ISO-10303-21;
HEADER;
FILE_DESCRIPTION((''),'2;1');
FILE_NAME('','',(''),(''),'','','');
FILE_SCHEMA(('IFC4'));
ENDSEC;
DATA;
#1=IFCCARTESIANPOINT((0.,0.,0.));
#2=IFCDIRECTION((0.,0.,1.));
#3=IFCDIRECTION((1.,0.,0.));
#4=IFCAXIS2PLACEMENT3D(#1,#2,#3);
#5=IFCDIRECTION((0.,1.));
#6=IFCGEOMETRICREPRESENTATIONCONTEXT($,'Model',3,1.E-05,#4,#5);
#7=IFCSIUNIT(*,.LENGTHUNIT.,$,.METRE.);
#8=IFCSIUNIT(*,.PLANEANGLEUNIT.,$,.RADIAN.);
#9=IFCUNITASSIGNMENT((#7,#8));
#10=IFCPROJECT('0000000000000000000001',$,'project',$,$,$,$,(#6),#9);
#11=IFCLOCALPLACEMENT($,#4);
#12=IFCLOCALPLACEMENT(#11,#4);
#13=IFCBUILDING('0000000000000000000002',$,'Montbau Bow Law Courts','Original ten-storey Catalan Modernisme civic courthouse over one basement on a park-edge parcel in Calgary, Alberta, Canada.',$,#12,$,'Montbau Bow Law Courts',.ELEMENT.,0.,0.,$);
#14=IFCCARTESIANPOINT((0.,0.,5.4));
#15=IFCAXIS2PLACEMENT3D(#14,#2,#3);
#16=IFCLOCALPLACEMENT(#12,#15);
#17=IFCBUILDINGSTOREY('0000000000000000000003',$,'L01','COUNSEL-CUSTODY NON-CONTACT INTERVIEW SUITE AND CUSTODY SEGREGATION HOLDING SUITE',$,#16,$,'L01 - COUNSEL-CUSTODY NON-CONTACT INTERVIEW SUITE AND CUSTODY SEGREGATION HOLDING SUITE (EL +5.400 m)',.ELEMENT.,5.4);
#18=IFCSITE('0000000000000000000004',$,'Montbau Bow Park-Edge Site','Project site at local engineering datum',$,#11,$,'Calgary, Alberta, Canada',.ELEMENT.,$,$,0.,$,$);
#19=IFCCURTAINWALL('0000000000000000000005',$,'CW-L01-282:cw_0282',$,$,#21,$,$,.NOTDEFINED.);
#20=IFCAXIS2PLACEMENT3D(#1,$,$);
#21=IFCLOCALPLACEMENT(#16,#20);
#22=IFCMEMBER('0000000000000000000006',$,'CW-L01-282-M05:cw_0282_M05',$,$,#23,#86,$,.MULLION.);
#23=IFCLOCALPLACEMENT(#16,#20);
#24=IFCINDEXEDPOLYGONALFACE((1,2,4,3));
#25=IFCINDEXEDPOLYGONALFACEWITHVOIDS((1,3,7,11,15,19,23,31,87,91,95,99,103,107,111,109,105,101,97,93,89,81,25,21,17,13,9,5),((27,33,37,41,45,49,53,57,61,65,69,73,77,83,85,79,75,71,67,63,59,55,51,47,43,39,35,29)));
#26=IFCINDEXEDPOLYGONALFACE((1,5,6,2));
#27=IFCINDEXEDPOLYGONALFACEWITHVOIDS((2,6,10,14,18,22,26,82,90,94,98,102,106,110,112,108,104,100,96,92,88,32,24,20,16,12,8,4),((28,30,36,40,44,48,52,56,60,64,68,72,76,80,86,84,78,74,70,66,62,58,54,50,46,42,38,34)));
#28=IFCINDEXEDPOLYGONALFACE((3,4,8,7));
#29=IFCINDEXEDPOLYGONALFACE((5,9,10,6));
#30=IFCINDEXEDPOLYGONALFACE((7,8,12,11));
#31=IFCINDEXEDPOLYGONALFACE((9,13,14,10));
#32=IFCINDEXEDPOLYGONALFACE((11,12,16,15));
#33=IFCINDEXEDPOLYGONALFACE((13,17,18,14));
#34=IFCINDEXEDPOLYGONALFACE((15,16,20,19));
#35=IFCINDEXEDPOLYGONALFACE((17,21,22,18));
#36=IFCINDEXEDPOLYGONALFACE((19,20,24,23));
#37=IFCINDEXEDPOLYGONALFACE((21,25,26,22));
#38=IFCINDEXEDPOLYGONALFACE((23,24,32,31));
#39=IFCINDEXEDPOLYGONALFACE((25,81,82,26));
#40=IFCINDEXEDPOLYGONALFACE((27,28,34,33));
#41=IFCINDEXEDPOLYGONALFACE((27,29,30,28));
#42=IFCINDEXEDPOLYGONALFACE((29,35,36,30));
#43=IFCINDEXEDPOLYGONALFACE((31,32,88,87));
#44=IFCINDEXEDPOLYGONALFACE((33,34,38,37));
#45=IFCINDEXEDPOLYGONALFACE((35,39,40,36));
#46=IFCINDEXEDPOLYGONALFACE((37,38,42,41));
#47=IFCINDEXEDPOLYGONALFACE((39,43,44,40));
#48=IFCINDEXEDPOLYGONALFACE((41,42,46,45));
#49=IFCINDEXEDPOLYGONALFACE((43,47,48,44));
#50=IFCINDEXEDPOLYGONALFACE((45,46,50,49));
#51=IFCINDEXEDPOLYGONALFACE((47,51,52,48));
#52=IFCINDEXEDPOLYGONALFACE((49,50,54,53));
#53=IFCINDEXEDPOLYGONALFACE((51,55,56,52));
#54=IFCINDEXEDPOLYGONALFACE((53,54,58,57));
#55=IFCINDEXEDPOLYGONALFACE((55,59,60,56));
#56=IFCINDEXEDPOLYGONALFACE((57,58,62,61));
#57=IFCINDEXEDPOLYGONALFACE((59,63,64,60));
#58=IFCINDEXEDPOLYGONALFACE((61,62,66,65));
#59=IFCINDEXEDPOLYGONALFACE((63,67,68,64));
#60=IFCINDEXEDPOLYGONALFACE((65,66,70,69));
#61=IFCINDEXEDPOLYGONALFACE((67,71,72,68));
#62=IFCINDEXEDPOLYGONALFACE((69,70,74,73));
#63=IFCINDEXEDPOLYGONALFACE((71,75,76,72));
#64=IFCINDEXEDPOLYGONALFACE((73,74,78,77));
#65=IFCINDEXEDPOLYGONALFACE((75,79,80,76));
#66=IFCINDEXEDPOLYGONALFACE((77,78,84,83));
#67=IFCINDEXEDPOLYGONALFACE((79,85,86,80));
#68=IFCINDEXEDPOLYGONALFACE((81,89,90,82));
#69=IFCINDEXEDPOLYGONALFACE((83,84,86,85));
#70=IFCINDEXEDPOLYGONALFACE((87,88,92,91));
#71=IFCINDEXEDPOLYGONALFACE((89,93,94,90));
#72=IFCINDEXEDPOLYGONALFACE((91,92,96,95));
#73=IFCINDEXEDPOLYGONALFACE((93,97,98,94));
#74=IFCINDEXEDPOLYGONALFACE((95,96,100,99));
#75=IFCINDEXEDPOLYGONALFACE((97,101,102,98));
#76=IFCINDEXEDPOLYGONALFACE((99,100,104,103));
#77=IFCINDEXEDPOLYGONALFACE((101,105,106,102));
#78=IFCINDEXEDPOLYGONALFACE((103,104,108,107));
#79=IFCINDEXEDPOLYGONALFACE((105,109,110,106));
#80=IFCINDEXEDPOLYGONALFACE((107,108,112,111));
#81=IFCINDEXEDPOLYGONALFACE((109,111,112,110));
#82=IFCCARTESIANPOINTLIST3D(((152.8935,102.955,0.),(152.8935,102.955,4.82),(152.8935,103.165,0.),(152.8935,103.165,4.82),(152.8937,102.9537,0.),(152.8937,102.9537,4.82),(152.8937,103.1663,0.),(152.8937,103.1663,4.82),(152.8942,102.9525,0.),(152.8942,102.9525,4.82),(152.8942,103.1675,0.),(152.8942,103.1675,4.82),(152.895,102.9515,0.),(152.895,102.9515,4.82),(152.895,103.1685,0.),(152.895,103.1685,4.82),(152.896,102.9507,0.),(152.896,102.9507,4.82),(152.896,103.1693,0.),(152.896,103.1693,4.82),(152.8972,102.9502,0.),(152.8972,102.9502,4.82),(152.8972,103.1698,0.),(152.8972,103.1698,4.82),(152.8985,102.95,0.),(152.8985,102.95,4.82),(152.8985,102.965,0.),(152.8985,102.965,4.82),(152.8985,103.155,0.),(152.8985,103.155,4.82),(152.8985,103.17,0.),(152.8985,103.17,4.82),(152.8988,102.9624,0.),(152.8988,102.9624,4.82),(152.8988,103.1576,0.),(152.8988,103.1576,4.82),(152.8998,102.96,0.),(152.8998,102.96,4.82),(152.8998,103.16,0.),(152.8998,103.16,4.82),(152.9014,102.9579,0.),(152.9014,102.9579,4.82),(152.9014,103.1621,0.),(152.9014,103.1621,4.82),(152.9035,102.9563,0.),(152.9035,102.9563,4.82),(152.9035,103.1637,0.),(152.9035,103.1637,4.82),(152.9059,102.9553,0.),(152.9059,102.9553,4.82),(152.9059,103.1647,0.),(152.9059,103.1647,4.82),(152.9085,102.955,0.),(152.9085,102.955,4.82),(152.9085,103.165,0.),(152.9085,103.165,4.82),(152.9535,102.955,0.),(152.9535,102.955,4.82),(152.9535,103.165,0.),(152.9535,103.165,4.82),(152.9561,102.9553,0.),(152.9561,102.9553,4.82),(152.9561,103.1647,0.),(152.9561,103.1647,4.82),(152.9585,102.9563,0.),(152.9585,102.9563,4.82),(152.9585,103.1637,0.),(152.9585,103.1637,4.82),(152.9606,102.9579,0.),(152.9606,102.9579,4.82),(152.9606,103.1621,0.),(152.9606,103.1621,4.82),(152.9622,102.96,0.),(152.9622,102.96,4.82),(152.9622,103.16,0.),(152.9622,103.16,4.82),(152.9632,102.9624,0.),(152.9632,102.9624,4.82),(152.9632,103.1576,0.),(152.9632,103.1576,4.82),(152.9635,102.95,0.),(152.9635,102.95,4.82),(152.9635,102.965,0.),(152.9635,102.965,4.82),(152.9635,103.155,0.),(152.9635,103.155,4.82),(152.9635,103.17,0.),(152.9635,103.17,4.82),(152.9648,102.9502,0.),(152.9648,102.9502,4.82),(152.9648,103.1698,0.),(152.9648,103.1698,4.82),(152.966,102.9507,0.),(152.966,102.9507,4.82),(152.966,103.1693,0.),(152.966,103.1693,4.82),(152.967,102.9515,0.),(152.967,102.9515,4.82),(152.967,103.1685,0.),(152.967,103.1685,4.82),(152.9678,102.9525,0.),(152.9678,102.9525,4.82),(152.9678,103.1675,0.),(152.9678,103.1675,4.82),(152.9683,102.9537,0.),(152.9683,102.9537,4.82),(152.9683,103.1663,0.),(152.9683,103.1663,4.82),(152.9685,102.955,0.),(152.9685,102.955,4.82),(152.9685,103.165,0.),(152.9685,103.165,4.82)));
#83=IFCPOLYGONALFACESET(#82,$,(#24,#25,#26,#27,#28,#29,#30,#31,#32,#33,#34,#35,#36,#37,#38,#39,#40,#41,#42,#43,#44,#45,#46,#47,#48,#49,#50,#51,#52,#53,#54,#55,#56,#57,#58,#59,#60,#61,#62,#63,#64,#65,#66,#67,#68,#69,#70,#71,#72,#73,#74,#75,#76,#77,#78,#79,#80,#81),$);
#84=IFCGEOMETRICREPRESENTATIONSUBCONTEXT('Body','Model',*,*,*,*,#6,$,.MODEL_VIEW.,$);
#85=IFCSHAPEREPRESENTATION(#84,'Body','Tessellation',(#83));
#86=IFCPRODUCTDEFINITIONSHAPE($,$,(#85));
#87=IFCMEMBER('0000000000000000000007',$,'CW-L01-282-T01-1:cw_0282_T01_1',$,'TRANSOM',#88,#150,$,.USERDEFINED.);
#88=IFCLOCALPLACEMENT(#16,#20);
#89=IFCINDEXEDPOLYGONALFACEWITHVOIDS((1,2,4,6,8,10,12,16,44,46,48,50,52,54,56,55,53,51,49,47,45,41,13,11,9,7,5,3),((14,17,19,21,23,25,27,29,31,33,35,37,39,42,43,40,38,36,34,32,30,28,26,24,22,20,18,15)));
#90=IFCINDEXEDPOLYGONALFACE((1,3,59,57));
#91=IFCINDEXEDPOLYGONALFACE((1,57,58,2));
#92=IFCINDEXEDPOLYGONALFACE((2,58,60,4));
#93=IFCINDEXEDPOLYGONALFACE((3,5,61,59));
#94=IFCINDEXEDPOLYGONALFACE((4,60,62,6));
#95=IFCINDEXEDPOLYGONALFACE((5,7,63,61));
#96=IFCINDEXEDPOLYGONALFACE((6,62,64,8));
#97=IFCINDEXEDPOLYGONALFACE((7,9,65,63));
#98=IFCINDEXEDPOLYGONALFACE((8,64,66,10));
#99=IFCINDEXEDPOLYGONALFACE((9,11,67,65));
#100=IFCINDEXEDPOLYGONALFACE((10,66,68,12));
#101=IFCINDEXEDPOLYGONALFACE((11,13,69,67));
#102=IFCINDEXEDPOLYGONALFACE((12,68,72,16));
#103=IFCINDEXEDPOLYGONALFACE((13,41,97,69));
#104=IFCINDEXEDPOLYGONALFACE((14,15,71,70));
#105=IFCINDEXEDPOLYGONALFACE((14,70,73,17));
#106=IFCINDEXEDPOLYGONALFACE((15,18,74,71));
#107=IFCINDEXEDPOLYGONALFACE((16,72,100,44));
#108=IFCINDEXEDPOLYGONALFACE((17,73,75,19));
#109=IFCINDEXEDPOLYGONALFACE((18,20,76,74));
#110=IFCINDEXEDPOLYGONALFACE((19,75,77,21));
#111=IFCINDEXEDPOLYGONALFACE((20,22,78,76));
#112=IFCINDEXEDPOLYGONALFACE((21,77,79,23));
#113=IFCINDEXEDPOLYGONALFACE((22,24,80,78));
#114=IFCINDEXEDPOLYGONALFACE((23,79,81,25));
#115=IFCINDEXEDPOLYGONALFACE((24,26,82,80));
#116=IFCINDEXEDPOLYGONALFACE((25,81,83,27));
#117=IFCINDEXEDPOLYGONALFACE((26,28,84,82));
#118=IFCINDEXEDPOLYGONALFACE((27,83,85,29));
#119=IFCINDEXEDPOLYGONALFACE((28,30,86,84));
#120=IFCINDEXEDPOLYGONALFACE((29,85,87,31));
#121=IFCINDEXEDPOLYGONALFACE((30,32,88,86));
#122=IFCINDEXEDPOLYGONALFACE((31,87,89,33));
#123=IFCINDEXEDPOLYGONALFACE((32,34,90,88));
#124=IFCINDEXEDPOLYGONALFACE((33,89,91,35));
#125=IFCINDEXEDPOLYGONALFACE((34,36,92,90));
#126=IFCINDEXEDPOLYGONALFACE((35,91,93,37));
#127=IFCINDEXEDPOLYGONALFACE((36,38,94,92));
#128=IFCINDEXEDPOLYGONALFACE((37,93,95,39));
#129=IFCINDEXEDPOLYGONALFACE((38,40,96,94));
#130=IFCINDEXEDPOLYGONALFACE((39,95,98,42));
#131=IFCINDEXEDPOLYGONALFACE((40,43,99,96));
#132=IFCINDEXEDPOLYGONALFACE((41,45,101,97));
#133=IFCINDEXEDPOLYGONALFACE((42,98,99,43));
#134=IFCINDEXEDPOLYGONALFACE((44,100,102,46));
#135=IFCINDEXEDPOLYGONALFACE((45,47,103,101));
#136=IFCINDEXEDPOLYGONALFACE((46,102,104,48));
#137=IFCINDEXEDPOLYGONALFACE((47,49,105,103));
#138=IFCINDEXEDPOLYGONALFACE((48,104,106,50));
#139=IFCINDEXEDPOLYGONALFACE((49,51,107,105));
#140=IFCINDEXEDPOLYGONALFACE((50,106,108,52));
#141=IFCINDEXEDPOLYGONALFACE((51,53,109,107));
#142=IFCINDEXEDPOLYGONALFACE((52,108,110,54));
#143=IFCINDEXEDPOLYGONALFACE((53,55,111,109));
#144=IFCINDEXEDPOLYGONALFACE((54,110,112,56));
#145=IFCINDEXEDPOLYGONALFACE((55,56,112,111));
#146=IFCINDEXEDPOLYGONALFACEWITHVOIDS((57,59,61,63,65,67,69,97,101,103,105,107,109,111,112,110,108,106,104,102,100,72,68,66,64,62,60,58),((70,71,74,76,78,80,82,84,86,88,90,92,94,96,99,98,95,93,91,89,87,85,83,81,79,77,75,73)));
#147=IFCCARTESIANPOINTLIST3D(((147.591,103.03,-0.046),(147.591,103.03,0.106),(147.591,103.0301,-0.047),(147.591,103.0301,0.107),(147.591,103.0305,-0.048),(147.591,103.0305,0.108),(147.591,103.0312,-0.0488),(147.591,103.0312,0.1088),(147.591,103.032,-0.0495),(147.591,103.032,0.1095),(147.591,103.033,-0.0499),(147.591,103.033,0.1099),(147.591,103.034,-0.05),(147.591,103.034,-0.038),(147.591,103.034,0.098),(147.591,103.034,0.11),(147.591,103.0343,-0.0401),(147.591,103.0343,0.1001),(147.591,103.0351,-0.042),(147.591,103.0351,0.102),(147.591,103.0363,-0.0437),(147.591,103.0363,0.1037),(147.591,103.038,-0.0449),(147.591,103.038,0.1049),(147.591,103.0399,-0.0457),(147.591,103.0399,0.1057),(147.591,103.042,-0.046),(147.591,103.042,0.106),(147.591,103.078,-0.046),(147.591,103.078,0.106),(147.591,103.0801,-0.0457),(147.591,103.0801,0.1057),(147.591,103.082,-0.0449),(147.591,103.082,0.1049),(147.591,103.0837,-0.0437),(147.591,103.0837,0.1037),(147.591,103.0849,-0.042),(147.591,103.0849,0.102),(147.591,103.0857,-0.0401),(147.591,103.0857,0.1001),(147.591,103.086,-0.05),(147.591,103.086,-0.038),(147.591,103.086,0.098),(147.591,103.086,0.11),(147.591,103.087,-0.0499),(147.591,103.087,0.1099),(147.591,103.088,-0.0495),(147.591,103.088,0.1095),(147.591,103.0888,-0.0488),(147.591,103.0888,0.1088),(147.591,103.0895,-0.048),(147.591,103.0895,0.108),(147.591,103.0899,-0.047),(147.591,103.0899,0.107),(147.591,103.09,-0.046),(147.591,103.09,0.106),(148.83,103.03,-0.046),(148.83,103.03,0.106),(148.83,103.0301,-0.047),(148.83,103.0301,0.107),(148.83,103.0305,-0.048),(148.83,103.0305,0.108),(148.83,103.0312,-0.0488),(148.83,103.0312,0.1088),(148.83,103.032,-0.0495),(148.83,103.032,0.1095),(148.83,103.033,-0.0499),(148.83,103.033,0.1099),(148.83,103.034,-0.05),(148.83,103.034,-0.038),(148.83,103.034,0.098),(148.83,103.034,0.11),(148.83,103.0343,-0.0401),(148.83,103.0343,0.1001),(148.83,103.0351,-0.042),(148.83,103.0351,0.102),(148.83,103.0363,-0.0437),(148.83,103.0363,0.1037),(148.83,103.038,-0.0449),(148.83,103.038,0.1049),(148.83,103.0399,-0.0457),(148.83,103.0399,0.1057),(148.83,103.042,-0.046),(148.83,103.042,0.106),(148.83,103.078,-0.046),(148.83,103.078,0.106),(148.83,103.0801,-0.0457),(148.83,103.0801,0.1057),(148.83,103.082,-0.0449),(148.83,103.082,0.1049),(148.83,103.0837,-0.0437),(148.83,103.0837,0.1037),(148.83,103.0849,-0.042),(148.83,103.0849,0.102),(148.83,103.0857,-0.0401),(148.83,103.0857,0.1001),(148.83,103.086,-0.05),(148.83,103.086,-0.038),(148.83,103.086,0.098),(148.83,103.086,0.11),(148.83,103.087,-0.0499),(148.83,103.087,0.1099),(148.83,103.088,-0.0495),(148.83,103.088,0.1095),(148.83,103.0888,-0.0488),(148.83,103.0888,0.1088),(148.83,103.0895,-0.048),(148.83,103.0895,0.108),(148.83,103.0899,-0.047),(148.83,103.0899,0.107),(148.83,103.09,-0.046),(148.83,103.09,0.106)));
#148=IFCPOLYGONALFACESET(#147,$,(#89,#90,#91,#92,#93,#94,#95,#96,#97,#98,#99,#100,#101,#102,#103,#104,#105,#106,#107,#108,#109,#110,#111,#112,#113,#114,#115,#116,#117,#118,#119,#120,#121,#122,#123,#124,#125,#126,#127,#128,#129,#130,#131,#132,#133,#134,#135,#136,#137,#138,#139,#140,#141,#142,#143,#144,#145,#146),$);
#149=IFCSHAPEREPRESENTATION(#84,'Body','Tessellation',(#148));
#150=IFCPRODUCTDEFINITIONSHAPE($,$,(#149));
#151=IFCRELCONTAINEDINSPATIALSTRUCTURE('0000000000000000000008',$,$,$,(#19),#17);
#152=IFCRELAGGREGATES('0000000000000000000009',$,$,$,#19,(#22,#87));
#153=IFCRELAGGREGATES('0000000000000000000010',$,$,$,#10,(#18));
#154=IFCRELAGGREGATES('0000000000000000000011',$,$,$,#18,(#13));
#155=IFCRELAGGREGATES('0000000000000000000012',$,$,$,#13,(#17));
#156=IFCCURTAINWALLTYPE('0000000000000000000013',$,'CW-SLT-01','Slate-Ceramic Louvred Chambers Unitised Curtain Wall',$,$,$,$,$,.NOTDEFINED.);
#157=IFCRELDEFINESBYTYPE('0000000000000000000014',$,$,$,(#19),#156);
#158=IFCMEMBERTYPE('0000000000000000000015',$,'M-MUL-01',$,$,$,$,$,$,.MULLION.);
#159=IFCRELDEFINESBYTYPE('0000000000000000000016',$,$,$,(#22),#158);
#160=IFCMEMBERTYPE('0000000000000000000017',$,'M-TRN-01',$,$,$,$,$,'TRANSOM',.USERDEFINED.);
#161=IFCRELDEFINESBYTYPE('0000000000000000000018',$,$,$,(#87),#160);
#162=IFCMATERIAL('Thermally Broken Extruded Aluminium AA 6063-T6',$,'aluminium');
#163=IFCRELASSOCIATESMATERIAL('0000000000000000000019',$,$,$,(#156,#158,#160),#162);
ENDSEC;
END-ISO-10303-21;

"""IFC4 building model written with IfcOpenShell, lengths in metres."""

from ifc_helpers import new_model, si_unit, direction, frame, origin_with_axes, origin_2d_with_axis, place, context, subcontext, project, spatial, hollow_rectangle, extrude, material, material_profile, profile_set, type_object, element, aggregate, save


model = new_model("IFC4")

# Units and contexts
model_context = context("Model", 3, precision=1e-05, world=origin_with_axes(), true_north=direction((0.0, 1.0)))
body_context = subcontext(model_context, "Body", "Model", "MODEL_VIEW")
ifc_project = project(units=[si_unit("LENGTHUNIT", "METRE"), si_unit("PLANEANGLEUNIT", "RADIAN")], contexts=[model_context])

# Site, building, storey
site_placement = place(None, origin_with_axes())
site = spatial("IfcSite", under=ifc_project, at=site_placement, Name="Montbau Bow Park-Edge Site", Description="Project site at local engineering datum", LongName="Calgary, Alberta, Canada", CompositionType="ELEMENT", RefElevation=0.0)
building_placement = place(site_placement, origin_with_axes())
building = spatial("IfcBuilding", under=site, at=building_placement, Name="Montbau Bow Law Courts", Description="Original ten-storey Catalan Modernisme civic courthouse over one basement on a park-edge parcel in Calgary, Alberta, Canada.", LongName="Montbau Bow Law Courts", CompositionType="ELEMENT", ElevationOfRefHeight=0.0, ElevationOfTerrain=0.0)
storey_placement = place(building_placement, frame((0.0, 0.0, 5.4), z_axis=(0.0, 0.0, 1.0), x_axis=(1.0, 0.0, 0.0)))
storey = spatial("IfcBuildingStorey", under=building, at=storey_placement, Name="L01", Description="COUNSEL-CUSTODY NON-CONTACT INTERVIEW SUITE AND CUSTODY SEGREGATION HOLDING SUITE", LongName="L01 - COUNSEL-CUSTODY NON-CONTACT INTERVIEW SUITE AND CUSTODY SEGREGATION HOLDING SUITE (EL +5.400 m)", CompositionType="ELEMENT", Elevation=5.4)

# Curtain wall, members
ifc_material_1 = material(Name="Thermally Broken Extruded Aluminium AA 6063-T6", Category="aluminium")
curtain_wall_type = type_object("IfcCurtainWallType", Name="CW-SLT-01", Description="Slate-Ceramic Louvred Chambers Unitised Curtain Wall", PredefinedType="NOTDEFINED", material=ifc_material_1)
curtain_wall_placement = place(None, frame((147.515, 103.06, 5.4), z_axis=(0.0, 0.0, 1.0), x_axis=(1.0, 0.0, 0.0)))
curtain_wall = element("IfcCurtainWall", 1, at=curtain_wall_placement, inside=storey, type_object=curtain_wall_type, Name="CW-L01-282:cw_0282", PredefinedType="NOTDEFINED")
ifc_material_profile_1 = material_profile(ifc_material_1, hollow_rectangle(XDim=0.075, YDim=0.22, WallThickness=0.005, InnerFilletRadius=0.01, OuterFilletRadius=0.005, at=origin_2d_with_axis()), Name="CWM-220X75", Category="Main", Priority=0)
ifc_profile_set_1 = profile_set([ifc_material_profile_1], Name="Thermally Broken Extruded Aluminium AA 6063-T6")
member_type_1 = type_object("IfcMemberType", Name="M-MUL-01", PredefinedType="MULLION", material=ifc_profile_set_1)
member_1_placement = place(None, frame((152.931, 103.06, 5.4), z_axis=(0.0, 0.0, 1.0), x_axis=(1.0, 0.0, 0.0)))
member_1 = element("IfcMember", 2, at=member_1_placement, type_object=member_type_1, Name="CW-L01-282-M05:cw_0282_M05", PredefinedType="MULLION", context=body_context, shape_type="SweptSolid", body=[
    extrude(hollow_rectangle(XDim=0.075, YDim=0.22, WallThickness=0.005, InnerFilletRadius=0.01, OuterFilletRadius=0.005, at=origin_2d_with_axis()), origin_with_axes(), (0.0, 0.0, 1.0), 4.82),
])
ifc_material_profile_2 = material_profile(ifc_material_1, hollow_rectangle(XDim=0.06, YDim=0.16, WallThickness=0.004, InnerFilletRadius=0.008, OuterFilletRadius=0.004, at=origin_2d_with_axis()), Name="CWT-160X60", Category="Main", Priority=0)
ifc_profile_set_2 = profile_set([ifc_material_profile_2], Name="Thermally Broken Extruded Aluminium AA 6063-T6")
member_type_2 = type_object("IfcMemberType", Name="M-TRN-01", ElementType="TRANSOM", PredefinedType="USERDEFINED", material=ifc_profile_set_2)
member_2_placement = place(None, frame((147.591, 103.06, 5.43), z_axis=(1.0, 0.0, 0.0), x_axis=(0.0, 1.0, 0.0)))
member_2 = element("IfcMember", 3, at=member_2_placement, type_object=member_type_2, Name="CW-L01-282-T01-1:cw_0282_T01_1", ObjectType="TRANSOM", PredefinedType="USERDEFINED", context=body_context, shape_type="SweptSolid", body=[
    extrude(hollow_rectangle(XDim=0.06, YDim=0.16, WallThickness=0.004, InnerFilletRadius=0.008, OuterFilletRadius=0.004, at=origin_2d_with_axis()), origin_with_axes(), (0.0, 0.0, 1.0), 1.239),
])
aggregate(curtain_wall, [member_1, member_2])

save(model, "model.ifc")
